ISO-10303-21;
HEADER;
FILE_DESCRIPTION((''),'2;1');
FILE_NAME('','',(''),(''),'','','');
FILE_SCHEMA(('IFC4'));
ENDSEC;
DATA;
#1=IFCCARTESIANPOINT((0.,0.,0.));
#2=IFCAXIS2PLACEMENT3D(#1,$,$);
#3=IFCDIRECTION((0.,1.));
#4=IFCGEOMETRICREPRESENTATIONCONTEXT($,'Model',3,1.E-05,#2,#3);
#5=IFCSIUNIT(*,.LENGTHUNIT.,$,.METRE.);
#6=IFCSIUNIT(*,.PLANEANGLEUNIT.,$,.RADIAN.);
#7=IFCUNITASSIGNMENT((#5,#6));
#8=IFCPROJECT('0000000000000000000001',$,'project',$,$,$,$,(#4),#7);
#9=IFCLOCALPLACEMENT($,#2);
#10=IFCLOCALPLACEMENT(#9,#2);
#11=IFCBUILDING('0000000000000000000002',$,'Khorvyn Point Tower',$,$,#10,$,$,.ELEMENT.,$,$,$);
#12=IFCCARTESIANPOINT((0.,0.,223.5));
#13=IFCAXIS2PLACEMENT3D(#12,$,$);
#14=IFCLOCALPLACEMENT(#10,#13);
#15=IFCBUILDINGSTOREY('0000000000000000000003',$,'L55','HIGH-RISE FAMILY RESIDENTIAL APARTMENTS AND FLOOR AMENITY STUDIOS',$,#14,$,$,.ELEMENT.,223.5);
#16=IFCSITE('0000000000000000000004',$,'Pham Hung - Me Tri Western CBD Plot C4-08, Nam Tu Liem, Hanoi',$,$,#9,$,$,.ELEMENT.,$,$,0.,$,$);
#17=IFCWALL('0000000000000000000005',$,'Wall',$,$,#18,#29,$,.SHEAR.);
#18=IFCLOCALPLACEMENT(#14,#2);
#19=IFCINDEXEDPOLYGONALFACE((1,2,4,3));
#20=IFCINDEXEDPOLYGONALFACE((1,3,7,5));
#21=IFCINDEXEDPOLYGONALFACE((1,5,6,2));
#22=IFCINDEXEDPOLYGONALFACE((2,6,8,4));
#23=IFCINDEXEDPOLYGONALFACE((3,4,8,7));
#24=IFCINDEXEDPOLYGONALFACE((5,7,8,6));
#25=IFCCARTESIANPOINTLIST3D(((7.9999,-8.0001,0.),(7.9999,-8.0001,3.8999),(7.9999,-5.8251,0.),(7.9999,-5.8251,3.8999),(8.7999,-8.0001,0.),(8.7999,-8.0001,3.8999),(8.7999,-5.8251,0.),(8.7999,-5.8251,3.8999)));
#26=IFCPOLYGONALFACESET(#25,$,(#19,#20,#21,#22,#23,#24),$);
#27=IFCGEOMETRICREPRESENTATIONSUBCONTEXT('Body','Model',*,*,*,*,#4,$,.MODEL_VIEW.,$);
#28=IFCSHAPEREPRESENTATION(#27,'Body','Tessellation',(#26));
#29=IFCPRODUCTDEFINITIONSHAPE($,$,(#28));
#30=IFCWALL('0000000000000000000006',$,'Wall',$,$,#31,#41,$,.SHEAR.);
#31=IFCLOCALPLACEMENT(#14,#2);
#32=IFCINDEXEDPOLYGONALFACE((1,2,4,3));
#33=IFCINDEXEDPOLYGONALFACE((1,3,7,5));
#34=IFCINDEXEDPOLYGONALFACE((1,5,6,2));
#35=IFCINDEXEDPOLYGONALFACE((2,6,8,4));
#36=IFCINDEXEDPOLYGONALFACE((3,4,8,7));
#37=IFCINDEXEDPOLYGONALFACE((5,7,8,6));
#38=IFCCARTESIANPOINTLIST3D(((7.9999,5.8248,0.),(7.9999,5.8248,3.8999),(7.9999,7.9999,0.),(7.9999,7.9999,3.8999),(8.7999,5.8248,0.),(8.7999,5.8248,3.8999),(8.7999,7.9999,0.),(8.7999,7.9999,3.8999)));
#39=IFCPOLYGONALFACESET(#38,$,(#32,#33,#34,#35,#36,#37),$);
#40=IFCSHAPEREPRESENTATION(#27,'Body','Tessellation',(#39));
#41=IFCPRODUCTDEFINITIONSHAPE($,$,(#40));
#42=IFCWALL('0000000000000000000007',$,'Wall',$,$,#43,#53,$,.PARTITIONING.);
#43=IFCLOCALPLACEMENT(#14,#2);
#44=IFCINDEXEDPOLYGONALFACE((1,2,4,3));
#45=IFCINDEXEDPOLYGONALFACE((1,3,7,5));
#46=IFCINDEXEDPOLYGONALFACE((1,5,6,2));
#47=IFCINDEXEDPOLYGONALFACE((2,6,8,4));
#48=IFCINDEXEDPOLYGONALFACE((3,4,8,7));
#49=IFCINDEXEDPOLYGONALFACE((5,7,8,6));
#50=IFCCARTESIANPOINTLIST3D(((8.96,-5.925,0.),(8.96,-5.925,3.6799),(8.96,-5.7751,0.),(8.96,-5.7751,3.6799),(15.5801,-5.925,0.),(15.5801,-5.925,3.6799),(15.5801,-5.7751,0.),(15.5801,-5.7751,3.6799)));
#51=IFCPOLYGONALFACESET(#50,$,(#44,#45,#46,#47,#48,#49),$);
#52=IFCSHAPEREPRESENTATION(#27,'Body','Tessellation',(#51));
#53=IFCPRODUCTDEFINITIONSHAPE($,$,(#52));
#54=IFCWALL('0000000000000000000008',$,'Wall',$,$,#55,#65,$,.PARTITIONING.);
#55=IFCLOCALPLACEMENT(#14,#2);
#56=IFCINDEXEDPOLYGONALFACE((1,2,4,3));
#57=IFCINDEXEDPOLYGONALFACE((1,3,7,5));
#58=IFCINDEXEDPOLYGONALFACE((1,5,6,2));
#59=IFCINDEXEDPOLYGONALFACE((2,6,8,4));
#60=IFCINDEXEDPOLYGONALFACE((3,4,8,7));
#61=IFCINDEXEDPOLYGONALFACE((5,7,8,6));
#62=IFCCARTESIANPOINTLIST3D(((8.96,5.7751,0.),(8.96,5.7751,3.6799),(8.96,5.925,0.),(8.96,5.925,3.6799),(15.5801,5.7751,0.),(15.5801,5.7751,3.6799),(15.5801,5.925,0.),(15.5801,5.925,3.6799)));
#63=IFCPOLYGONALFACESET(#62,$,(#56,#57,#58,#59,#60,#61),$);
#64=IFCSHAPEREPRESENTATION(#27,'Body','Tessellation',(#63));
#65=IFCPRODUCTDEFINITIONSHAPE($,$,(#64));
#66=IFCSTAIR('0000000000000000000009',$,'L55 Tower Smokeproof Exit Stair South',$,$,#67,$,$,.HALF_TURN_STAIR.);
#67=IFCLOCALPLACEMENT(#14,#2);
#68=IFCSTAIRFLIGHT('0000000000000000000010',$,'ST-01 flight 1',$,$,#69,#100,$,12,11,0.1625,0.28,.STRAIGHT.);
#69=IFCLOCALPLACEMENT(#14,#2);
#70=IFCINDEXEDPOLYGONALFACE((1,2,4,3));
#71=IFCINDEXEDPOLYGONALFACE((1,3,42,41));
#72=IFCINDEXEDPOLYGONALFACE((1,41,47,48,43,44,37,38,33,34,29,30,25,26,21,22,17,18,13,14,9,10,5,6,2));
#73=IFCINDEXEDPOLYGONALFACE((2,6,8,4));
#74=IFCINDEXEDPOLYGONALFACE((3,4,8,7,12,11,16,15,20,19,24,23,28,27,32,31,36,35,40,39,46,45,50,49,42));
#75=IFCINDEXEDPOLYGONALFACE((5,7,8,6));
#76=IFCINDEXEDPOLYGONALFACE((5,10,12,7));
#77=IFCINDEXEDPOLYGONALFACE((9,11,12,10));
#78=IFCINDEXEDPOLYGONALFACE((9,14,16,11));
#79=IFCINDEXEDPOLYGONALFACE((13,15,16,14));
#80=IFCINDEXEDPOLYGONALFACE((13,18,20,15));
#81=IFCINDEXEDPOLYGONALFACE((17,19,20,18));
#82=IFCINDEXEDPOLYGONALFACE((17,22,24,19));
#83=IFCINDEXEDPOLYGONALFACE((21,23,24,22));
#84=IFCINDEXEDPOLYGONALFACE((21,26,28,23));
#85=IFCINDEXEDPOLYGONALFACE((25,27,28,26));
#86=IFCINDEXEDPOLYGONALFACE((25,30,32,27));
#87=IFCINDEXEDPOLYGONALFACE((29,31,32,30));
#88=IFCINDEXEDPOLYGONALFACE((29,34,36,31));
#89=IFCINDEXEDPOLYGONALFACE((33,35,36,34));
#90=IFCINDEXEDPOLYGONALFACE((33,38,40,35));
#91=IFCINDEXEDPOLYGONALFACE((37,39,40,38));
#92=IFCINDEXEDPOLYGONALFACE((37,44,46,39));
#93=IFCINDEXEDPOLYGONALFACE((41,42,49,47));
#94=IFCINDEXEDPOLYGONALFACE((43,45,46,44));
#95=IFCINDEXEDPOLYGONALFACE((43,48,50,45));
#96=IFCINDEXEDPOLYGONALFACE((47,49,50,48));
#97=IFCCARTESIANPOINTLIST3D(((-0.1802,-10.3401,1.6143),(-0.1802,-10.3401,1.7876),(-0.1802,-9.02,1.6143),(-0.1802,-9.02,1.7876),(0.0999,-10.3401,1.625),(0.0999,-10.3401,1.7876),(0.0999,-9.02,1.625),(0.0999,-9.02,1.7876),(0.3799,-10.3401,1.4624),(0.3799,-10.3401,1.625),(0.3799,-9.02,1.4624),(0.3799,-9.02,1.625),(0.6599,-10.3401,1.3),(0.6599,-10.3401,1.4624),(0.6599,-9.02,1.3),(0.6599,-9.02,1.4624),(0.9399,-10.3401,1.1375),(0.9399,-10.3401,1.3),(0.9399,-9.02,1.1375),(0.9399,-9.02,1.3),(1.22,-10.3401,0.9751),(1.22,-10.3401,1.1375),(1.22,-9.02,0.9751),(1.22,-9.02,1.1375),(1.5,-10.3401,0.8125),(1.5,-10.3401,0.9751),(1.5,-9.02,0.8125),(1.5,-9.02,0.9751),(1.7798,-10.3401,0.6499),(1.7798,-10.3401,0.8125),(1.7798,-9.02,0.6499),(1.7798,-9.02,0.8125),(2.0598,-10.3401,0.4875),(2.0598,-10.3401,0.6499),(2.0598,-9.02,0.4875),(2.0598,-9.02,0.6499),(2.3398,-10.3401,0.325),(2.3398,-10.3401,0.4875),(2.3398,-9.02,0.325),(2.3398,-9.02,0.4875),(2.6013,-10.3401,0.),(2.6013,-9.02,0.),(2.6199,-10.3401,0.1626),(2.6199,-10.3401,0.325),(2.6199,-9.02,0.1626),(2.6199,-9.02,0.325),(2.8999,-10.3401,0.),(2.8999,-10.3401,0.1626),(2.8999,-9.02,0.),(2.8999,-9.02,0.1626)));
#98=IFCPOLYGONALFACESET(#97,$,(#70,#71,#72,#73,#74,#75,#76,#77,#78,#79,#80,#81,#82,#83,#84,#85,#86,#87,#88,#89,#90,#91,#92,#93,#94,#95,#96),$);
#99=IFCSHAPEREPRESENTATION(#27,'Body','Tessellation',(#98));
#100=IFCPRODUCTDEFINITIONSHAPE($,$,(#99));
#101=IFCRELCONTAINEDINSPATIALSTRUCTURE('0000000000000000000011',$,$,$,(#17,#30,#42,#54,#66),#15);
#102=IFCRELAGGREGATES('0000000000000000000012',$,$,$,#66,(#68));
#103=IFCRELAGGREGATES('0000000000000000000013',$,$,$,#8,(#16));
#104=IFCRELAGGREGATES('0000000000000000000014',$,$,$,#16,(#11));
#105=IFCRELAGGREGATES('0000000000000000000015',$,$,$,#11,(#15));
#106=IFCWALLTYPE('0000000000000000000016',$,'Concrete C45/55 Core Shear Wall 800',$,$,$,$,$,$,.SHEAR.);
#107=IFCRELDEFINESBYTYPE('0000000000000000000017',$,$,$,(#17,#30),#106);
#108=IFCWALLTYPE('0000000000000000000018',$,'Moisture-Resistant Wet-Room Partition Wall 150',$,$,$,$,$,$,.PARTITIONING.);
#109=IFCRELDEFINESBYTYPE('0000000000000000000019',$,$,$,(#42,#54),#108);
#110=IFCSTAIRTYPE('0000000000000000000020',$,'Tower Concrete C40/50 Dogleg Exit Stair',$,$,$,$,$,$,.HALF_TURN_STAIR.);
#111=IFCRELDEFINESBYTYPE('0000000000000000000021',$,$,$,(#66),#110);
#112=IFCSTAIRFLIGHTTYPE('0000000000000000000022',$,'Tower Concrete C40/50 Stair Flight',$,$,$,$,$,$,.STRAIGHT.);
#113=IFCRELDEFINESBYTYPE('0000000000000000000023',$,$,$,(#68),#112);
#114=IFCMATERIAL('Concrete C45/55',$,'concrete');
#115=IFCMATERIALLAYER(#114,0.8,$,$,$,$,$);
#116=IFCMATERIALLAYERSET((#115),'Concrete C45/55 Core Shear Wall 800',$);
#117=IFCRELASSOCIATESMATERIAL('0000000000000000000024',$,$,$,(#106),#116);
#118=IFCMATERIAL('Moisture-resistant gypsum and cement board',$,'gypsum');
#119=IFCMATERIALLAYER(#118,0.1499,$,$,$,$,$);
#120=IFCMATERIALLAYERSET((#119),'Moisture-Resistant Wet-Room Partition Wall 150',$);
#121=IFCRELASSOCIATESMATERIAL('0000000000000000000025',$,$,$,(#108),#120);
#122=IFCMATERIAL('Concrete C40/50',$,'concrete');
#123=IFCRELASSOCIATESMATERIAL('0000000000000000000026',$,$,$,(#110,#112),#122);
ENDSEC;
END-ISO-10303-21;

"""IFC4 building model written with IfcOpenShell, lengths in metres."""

from ifc_helpers import new_model, si_unit, direction, frame, frame_2d, origin, place, context, subcontext, project, spatial, polyline, rectangle, outline, extrude, material, layer, layer_set, type_object, element, aggregate, save


model = new_model("IFC4")

# Units and contexts
model_context = context("Model", 3, precision=1e-05, world=origin(), true_north=direction((0.0, 1.0)))
body_context = subcontext(model_context, "Body", "Model", "MODEL_VIEW")
ifc_project = project(units=[si_unit("LENGTHUNIT", "METRE"), si_unit("PLANEANGLEUNIT", "RADIAN")], contexts=[model_context])

# Site, building, storey
site_placement = place(None, origin())
site = spatial("IfcSite", under=ifc_project, at=site_placement, Name="Pham Hung - Me Tri Western CBD Plot C4-08, Nam Tu Liem, Hanoi", CompositionType="ELEMENT", RefElevation=0.0)
building_placement = place(site_placement, origin())
building = spatial("IfcBuilding", under=site, at=building_placement, Name="Khorvyn Point Tower", CompositionType="ELEMENT")
storey_placement = place(building_placement, frame((0.0, 0.0, 223.5)))
storey = spatial("IfcBuildingStorey", under=building, at=storey_placement, Name="L55", Description="HIGH-RISE FAMILY RESIDENTIAL APARTMENTS AND FLOOR AMENITY STUDIOS", CompositionType="ELEMENT", Elevation=223.5)

# Shared definitions
ifc_material_1 = material(Name="Concrete C45/55", Category="concrete")

# Shared definitions
ifc_material_2 = material(Name="Concrete C40/50", Category="concrete")

# Walls
ifc_layer_1 = layer(ifc_material_1, 0.8)
ifc_layer_set_1 = layer_set([ifc_layer_1], Name="Concrete C45/55 Core Shear Wall 800")
wall_type_1 = type_object("IfcWallType", Name="Concrete C45/55 Core Shear Wall 800", PredefinedType="SHEAR", material=ifc_layer_set_1)
for number, where, z_axis, x_axis, name in (
    (1, (8.3999, -8.0, 0.0), (0.0, 0.0, 1.0), (0.0, 1.0, 0.0), "Wall"),
    (2, (8.3999, 5.825, 0.0), (0.0, 0.0, 1.0), (0.0, 1.0, 0.0), "Wall"),
):
    element("IfcWall", number, at=place(storey_placement, frame(where, z_axis=z_axis, x_axis=x_axis)), inside=storey, type_object=wall_type_1, Name=name, PredefinedType="SHEAR", context=body_context, shape_type="SweptSolid", body=[
        extrude(rectangle(XDim=2.175, YDim=0.8, at=frame_2d((1.0874, 0.0))), origin(), (0.0, 0.0, 1.0), 3.8999),
    ])
ifc_material_3 = material(Name="Moisture-resistant gypsum and cement board", Category="gypsum")
ifc_layer_2 = layer(ifc_material_3, 0.1499)
ifc_layer_set_2 = layer_set([ifc_layer_2], Name="Moisture-Resistant Wet-Room Partition Wall 150")
wall_type_2 = type_object("IfcWallType", Name="Moisture-Resistant Wet-Room Partition Wall 150", PredefinedType="PARTITIONING", material=ifc_layer_set_2)
for number, where, z_axis, x_axis, name in (
    (3, (8.96, -5.8501, 0.0), (0.0, 0.0, 1.0), (1.0, 0.0, 0.0), "Wall"),
    (4, (8.96, 5.8501, 0.0), (0.0, 0.0, 1.0), (1.0, 0.0, 0.0), "Wall"),
):
    element("IfcWall", number, at=place(storey_placement, frame(where, z_axis=z_axis, x_axis=x_axis)), inside=storey, type_object=wall_type_2, Name=name, PredefinedType="PARTITIONING", context=body_context, shape_type="SweptSolid", body=[
        extrude(rectangle(XDim=6.6201, YDim=0.1499, at=frame_2d((3.3101, 0.0))), origin(), (0.0, 0.0, 1.0), 3.6799),
    ])

# Stair, stair flight
stair_type = type_object("IfcStairType", Name="Tower Concrete C40/50 Dogleg Exit Stair", PredefinedType="HALF_TURN_STAIR", material=ifc_material_2)
stair_placement = place(storey_placement, origin())
stair = element("IfcStair", 5, at=stair_placement, inside=storey, type_object=stair_type, Name="L55 Tower Smokeproof Exit Stair South", PredefinedType="HALF_TURN_STAIR")
stair_flight_type = type_object("IfcStairFlightType", Name="Tower Concrete C40/50 Stair Flight", PredefinedType="STRAIGHT", material=ifc_material_2)
stair_flight_placement = place(storey_placement, frame((2.8999, -9.6799, 0.0), z_axis=(0.0, 0.0, 1.0), x_axis=(-1.0, 0.0, 0.0)))
stair_flight = element("IfcStairFlight", 6, at=stair_flight_placement, type_object=stair_flight_type, Name="ST-01 flight 1", NumberOfRisers=12, NumberOfTreads=11, PredefinedType="STRAIGHT", RiserHeight=0.1625, TreadLength=0.28, context=body_context, shape_type="SweptSolid", body=[
    extrude(outline(polyline([(0.0, 0.0), (0.0, 0.1626), (0.28, 0.1626), (0.28, 0.325), (0.5601, 0.325), (0.5601, 0.4875), (0.8401, 0.4875), (0.8401, 0.6499), (1.1201, 0.6499), (1.1201, 0.8125), (1.3999, 0.8125), (1.3999, 0.9751), (1.6799, 0.9751), (1.6799, 1.1375), (1.96, 1.1375), (1.96, 1.3), (2.24, 1.3), (2.24, 1.4624), (2.52, 1.4624), (2.52, 1.625), (2.8, 1.625), (2.8, 1.7876), (3.0801, 1.7876), (3.0801, 1.95), (3.0801, 1.6143), (0.2986, 0.0), (0.0, 0.0)])), frame((0.0, 0.6602, 0.0), z_axis=(0.0, -1.0, 0.0), x_axis=(1.0, 0.0, 0.0)), (0.0, 0.0, 1.0), 1.3201),
])
aggregate(stair, [stair_flight])

save(model, "model.ifc")
